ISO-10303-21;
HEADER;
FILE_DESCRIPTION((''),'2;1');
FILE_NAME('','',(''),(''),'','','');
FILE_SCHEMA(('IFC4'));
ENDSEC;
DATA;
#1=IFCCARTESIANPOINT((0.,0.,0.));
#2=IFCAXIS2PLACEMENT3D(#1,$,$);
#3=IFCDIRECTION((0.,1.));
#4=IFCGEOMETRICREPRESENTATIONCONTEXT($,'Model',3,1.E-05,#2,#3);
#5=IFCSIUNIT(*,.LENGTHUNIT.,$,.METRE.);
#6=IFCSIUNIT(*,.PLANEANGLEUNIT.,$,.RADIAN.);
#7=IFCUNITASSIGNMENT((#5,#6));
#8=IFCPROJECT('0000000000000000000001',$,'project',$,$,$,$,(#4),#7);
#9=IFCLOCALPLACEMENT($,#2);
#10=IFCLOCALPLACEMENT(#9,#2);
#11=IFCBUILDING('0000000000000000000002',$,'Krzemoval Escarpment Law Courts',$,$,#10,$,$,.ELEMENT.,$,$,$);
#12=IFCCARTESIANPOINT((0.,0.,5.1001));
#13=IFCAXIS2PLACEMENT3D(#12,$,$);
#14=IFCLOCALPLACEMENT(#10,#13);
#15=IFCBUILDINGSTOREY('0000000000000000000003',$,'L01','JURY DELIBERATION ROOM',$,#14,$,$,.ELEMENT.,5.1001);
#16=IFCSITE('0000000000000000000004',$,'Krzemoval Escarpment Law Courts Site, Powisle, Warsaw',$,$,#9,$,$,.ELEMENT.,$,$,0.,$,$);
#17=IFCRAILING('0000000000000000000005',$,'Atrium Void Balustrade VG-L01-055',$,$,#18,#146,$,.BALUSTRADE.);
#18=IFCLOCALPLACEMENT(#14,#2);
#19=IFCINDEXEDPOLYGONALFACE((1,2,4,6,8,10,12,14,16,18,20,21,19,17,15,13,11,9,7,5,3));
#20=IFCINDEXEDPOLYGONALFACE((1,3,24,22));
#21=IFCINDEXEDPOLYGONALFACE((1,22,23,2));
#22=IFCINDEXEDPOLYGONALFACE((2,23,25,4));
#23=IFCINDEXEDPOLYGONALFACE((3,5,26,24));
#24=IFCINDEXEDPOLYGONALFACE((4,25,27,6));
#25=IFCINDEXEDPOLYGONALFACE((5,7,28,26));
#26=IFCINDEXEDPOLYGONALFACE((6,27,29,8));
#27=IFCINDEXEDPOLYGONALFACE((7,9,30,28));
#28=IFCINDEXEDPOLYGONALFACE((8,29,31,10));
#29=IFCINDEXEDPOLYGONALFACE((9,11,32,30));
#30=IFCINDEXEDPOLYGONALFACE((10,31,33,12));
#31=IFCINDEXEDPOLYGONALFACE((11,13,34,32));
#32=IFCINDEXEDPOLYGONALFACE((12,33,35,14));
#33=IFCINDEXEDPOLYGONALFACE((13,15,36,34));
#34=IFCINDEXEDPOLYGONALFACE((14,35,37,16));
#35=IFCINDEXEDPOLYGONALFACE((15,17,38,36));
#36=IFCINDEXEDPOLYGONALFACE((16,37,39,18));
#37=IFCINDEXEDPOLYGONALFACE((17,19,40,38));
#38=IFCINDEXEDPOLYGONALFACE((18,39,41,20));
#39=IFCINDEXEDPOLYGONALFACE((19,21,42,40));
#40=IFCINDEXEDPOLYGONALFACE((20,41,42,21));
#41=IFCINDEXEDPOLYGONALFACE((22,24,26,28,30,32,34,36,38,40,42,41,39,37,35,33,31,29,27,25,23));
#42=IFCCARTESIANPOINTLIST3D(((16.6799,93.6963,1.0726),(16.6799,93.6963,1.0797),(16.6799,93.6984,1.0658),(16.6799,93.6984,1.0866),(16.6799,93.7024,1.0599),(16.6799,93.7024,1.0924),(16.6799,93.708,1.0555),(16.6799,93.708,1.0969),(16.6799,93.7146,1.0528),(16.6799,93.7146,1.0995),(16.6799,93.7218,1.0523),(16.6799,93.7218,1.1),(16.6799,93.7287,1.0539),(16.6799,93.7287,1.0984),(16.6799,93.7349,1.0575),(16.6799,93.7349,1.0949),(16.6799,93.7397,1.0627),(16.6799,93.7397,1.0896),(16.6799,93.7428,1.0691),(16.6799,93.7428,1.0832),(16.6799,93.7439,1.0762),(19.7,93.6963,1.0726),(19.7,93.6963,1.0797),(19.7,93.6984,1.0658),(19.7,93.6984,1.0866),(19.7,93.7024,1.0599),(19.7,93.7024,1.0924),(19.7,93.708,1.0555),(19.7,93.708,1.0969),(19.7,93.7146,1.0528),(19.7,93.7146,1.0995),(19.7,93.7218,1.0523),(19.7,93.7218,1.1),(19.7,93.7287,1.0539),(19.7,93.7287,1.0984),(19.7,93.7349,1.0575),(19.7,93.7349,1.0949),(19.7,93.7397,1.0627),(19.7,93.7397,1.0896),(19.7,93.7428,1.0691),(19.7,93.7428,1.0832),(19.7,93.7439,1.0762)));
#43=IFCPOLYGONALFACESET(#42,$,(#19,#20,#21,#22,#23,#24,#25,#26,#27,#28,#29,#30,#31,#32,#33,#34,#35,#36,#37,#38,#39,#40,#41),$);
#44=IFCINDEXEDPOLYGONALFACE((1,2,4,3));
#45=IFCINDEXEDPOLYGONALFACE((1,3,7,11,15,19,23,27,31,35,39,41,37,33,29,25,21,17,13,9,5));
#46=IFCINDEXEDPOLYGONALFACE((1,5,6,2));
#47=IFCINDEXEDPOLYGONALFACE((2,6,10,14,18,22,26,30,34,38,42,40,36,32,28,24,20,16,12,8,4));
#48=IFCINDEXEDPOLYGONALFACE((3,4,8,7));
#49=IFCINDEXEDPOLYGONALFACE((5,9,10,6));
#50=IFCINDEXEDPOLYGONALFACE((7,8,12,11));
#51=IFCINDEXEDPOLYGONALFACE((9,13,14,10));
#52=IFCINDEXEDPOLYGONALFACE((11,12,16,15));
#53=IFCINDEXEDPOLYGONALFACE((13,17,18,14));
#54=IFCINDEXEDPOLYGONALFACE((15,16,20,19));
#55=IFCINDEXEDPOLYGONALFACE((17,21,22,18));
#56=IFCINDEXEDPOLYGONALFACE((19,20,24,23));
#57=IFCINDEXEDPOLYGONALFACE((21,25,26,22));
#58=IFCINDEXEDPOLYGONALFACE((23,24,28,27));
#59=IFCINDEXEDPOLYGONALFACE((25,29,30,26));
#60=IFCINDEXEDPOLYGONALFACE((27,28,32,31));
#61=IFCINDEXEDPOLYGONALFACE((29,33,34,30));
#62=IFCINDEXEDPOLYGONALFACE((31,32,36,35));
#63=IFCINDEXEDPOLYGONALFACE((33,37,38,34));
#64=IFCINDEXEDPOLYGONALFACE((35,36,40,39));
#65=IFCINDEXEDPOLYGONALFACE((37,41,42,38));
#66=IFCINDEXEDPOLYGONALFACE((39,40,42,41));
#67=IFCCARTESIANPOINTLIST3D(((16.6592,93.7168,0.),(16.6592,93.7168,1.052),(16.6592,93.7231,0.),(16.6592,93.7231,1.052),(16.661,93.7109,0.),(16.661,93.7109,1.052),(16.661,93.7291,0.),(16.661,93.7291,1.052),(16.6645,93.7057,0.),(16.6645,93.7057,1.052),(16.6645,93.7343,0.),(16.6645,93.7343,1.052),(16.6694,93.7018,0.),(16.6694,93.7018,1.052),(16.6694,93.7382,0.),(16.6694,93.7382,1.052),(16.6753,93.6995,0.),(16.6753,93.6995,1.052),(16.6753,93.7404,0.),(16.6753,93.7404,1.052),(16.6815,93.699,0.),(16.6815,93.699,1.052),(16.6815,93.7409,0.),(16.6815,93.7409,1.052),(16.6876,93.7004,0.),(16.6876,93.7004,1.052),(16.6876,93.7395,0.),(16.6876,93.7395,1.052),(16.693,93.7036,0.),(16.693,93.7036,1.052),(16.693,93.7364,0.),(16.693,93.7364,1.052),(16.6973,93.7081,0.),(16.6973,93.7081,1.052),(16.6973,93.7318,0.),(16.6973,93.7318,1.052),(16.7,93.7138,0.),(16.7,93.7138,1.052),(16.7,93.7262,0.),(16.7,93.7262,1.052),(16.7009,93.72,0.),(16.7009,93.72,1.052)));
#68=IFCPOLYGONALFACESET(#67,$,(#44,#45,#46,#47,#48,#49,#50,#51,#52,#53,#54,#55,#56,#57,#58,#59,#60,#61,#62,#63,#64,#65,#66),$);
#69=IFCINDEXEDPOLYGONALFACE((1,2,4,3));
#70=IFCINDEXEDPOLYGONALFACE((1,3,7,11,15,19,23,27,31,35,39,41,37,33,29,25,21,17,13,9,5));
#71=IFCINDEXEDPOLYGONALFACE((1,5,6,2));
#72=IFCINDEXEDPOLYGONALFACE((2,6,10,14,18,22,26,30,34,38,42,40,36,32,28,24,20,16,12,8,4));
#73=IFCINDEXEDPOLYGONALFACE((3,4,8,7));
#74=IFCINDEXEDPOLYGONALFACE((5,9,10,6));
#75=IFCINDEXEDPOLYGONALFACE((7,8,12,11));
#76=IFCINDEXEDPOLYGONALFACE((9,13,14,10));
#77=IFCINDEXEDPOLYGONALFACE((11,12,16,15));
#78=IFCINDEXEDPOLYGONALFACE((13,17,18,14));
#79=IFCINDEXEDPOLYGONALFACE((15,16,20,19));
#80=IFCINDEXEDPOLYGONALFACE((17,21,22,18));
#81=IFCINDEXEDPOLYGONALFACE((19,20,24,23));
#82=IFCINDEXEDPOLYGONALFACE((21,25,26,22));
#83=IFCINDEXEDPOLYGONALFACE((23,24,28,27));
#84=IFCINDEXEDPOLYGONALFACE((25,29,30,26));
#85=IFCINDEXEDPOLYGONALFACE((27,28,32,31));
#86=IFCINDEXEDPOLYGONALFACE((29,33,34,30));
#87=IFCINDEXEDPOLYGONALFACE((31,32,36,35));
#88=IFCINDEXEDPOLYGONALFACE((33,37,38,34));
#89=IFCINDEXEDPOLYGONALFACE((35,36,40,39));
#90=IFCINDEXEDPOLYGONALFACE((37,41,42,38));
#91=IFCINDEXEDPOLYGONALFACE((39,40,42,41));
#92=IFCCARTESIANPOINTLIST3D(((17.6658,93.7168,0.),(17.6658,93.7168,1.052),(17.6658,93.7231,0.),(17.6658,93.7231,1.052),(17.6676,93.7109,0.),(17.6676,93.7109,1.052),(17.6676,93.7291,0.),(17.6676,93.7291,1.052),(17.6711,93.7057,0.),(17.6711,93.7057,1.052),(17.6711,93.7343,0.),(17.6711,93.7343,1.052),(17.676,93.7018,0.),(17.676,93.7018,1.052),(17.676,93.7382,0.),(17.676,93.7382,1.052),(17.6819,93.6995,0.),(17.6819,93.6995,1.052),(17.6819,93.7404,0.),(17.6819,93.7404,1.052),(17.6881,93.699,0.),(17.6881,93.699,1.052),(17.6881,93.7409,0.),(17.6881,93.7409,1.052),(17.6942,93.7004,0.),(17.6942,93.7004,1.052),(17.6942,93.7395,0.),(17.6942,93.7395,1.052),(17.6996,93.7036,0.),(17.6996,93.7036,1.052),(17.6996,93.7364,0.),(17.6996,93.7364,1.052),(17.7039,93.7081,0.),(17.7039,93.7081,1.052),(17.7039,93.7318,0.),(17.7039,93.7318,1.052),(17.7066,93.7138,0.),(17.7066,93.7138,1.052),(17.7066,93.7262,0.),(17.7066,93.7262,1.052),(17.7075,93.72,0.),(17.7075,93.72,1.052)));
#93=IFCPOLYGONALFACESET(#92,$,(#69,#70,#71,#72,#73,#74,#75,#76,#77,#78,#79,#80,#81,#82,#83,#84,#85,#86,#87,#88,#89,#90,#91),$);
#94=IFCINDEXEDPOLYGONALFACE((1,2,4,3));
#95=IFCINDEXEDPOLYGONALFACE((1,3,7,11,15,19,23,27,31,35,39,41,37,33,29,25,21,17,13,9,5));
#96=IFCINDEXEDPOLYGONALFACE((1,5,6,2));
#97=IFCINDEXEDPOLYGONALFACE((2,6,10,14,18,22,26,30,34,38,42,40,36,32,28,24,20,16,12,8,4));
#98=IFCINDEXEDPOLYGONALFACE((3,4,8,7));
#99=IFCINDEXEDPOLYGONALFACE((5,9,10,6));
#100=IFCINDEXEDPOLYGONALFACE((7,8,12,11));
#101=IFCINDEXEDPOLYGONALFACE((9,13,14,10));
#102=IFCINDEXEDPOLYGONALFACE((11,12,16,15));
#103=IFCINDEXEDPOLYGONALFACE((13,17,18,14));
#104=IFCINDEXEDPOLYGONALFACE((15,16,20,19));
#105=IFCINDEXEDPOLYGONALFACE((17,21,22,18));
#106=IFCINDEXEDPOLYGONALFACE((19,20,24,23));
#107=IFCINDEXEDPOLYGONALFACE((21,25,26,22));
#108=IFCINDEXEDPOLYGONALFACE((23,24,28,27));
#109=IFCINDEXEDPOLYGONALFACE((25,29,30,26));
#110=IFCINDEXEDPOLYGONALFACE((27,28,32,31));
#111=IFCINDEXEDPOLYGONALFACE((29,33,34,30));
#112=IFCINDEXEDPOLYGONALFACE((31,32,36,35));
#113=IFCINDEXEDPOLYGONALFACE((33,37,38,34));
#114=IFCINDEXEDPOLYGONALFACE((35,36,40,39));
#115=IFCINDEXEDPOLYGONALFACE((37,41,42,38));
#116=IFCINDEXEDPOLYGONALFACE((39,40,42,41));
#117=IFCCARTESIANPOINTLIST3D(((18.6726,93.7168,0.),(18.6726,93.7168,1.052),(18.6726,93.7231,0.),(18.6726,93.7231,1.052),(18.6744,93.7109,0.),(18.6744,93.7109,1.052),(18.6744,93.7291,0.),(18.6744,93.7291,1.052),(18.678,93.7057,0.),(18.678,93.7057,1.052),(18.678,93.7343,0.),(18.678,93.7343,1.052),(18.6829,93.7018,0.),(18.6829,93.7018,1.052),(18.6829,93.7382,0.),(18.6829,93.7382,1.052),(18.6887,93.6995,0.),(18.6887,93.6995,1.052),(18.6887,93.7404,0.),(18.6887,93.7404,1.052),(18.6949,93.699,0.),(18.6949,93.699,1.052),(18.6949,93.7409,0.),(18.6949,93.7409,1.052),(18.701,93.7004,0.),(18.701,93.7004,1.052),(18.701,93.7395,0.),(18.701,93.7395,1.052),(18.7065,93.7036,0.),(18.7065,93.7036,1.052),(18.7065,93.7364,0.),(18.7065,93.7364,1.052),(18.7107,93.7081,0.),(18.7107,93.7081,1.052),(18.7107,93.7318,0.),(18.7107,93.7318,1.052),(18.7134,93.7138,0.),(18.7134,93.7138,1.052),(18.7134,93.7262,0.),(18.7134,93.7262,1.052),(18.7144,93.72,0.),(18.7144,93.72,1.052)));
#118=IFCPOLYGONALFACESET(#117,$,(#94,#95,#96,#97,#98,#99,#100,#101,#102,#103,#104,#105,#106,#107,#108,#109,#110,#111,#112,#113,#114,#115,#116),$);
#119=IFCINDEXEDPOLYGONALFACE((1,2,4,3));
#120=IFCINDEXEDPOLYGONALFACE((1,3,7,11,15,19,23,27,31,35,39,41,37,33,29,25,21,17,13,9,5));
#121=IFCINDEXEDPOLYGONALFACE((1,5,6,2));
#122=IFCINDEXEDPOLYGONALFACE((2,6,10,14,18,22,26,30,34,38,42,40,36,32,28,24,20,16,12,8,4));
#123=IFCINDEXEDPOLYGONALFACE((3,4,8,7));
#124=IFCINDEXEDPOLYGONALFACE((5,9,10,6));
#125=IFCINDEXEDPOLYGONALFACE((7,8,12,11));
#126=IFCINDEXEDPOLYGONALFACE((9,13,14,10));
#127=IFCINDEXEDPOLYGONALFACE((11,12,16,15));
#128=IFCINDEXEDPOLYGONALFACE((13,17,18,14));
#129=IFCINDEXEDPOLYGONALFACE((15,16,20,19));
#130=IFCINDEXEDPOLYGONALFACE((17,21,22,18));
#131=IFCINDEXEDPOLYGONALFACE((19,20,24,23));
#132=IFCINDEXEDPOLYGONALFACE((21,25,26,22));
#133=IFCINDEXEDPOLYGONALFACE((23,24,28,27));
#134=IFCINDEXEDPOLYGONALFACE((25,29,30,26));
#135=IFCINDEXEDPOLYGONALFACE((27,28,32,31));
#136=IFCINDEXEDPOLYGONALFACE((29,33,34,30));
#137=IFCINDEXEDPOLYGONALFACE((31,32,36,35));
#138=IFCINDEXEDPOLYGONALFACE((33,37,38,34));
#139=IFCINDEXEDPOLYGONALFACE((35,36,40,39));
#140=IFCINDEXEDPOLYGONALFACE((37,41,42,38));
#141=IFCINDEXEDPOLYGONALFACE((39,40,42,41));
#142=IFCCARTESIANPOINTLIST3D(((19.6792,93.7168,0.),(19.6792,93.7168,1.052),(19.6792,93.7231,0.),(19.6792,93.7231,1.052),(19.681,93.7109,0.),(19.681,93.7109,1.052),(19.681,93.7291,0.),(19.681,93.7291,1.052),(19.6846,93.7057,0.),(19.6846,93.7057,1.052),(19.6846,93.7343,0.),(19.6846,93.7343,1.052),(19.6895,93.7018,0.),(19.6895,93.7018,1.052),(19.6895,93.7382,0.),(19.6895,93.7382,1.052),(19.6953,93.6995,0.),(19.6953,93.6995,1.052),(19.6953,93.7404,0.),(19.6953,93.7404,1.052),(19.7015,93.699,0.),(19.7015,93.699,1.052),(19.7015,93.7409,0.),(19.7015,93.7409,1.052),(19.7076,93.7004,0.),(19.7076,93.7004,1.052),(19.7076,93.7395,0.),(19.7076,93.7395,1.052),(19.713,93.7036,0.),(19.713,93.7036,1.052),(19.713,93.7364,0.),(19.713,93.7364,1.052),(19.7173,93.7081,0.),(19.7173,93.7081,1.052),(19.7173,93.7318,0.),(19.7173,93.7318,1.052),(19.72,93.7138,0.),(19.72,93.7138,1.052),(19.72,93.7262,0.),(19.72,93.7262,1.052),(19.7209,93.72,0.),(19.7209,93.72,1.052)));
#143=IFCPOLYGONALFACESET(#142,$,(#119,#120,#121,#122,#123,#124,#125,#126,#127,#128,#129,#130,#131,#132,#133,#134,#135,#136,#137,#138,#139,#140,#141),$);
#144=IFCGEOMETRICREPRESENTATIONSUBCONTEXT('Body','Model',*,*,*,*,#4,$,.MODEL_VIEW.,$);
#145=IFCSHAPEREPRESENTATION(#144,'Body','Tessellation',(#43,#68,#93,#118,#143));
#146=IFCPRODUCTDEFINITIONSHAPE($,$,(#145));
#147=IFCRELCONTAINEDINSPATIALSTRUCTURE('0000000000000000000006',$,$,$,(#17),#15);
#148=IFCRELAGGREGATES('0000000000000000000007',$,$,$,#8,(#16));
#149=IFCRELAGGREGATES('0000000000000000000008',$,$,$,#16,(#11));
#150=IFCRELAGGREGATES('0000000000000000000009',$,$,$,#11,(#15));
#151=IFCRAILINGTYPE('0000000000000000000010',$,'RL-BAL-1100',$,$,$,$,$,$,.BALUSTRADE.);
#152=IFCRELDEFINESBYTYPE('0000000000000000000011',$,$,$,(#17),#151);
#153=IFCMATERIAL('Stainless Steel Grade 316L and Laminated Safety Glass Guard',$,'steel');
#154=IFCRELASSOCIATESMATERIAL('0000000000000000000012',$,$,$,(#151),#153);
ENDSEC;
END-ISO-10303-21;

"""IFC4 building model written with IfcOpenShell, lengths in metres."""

from ifc_helpers import new_model, si_unit, direction, frame, origin, origin_2d, place, context, subcontext, project, spatial, circle, extrude, material, type_object, element, save


model = new_model("IFC4")

# Units and contexts
model_context = context("Model", 3, precision=1e-05, world=origin(), true_north=direction((0.0, 1.0)))
body_context = subcontext(model_context, "Body", "Model", "MODEL_VIEW")
ifc_project = project(units=[si_unit("LENGTHUNIT", "METRE"), si_unit("PLANEANGLEUNIT", "RADIAN")], contexts=[model_context])

# Site, building, storey
site_placement = place(None, origin())
site = spatial("IfcSite", under=ifc_project, at=site_placement, Name="Krzemoval Escarpment Law Courts Site, Powisle, Warsaw", CompositionType="ELEMENT", RefElevation=0.0)
building_placement = place(site_placement, origin())
building = spatial("IfcBuilding", under=site, at=building_placement, Name="Krzemoval Escarpment Law Courts", CompositionType="ELEMENT")
storey_placement = place(building_placement, frame((0.0, 0.0, 5.1001)))
storey = spatial("IfcBuildingStorey", under=building, at=storey_placement, Name="L01", Description="JURY DELIBERATION ROOM", CompositionType="ELEMENT", Elevation=5.1001)

# Railing
ifc_material_1 = material(Name="Stainless Steel Grade 316L and Laminated Safety Glass Guard", Category="steel")
railing_type = type_object("IfcRailingType", Name="RL-BAL-1100", PredefinedType="BALUSTRADE", material=ifc_material_1)
railing_1_placement = place(storey_placement, frame((16.6799, 93.72, 0.0)))
element("IfcRailing", 1, at=railing_1_placement, inside=storey, type_object=railing_type, Name="Atrium Void Balustrade VG-L01-055", PredefinedType="BALUSTRADE", context=body_context, shape_type="SweptSolid", body=[
    extrude(circle(Radius=0.0239, at=origin_2d()), frame((0.0, 0.0, 1.0762), z_axis=(1.0, 0.0, 0.0), x_axis=(0.0, 1.0, 0.0)), (0.0, 0.0, 1.0), 3.02),
    extrude(circle(Radius=0.021, at=origin_2d()), origin(), (0.0, 0.0, 1.0), 1.052),
    extrude(circle(Radius=0.021, at=origin_2d()), frame((1.0066, 0.0, 0.0)), (0.0, 0.0, 1.0), 1.052),
    extrude(circle(Radius=0.021, at=origin_2d()), frame((2.0134, 0.0, 0.0)), (0.0, 0.0, 1.0), 1.052),
    extrude(circle(Radius=0.021, at=origin_2d()), frame((3.02, 0.0, 0.0)), (0.0, 0.0, 1.0), 1.052),
])

save(model, "model.ifc")
